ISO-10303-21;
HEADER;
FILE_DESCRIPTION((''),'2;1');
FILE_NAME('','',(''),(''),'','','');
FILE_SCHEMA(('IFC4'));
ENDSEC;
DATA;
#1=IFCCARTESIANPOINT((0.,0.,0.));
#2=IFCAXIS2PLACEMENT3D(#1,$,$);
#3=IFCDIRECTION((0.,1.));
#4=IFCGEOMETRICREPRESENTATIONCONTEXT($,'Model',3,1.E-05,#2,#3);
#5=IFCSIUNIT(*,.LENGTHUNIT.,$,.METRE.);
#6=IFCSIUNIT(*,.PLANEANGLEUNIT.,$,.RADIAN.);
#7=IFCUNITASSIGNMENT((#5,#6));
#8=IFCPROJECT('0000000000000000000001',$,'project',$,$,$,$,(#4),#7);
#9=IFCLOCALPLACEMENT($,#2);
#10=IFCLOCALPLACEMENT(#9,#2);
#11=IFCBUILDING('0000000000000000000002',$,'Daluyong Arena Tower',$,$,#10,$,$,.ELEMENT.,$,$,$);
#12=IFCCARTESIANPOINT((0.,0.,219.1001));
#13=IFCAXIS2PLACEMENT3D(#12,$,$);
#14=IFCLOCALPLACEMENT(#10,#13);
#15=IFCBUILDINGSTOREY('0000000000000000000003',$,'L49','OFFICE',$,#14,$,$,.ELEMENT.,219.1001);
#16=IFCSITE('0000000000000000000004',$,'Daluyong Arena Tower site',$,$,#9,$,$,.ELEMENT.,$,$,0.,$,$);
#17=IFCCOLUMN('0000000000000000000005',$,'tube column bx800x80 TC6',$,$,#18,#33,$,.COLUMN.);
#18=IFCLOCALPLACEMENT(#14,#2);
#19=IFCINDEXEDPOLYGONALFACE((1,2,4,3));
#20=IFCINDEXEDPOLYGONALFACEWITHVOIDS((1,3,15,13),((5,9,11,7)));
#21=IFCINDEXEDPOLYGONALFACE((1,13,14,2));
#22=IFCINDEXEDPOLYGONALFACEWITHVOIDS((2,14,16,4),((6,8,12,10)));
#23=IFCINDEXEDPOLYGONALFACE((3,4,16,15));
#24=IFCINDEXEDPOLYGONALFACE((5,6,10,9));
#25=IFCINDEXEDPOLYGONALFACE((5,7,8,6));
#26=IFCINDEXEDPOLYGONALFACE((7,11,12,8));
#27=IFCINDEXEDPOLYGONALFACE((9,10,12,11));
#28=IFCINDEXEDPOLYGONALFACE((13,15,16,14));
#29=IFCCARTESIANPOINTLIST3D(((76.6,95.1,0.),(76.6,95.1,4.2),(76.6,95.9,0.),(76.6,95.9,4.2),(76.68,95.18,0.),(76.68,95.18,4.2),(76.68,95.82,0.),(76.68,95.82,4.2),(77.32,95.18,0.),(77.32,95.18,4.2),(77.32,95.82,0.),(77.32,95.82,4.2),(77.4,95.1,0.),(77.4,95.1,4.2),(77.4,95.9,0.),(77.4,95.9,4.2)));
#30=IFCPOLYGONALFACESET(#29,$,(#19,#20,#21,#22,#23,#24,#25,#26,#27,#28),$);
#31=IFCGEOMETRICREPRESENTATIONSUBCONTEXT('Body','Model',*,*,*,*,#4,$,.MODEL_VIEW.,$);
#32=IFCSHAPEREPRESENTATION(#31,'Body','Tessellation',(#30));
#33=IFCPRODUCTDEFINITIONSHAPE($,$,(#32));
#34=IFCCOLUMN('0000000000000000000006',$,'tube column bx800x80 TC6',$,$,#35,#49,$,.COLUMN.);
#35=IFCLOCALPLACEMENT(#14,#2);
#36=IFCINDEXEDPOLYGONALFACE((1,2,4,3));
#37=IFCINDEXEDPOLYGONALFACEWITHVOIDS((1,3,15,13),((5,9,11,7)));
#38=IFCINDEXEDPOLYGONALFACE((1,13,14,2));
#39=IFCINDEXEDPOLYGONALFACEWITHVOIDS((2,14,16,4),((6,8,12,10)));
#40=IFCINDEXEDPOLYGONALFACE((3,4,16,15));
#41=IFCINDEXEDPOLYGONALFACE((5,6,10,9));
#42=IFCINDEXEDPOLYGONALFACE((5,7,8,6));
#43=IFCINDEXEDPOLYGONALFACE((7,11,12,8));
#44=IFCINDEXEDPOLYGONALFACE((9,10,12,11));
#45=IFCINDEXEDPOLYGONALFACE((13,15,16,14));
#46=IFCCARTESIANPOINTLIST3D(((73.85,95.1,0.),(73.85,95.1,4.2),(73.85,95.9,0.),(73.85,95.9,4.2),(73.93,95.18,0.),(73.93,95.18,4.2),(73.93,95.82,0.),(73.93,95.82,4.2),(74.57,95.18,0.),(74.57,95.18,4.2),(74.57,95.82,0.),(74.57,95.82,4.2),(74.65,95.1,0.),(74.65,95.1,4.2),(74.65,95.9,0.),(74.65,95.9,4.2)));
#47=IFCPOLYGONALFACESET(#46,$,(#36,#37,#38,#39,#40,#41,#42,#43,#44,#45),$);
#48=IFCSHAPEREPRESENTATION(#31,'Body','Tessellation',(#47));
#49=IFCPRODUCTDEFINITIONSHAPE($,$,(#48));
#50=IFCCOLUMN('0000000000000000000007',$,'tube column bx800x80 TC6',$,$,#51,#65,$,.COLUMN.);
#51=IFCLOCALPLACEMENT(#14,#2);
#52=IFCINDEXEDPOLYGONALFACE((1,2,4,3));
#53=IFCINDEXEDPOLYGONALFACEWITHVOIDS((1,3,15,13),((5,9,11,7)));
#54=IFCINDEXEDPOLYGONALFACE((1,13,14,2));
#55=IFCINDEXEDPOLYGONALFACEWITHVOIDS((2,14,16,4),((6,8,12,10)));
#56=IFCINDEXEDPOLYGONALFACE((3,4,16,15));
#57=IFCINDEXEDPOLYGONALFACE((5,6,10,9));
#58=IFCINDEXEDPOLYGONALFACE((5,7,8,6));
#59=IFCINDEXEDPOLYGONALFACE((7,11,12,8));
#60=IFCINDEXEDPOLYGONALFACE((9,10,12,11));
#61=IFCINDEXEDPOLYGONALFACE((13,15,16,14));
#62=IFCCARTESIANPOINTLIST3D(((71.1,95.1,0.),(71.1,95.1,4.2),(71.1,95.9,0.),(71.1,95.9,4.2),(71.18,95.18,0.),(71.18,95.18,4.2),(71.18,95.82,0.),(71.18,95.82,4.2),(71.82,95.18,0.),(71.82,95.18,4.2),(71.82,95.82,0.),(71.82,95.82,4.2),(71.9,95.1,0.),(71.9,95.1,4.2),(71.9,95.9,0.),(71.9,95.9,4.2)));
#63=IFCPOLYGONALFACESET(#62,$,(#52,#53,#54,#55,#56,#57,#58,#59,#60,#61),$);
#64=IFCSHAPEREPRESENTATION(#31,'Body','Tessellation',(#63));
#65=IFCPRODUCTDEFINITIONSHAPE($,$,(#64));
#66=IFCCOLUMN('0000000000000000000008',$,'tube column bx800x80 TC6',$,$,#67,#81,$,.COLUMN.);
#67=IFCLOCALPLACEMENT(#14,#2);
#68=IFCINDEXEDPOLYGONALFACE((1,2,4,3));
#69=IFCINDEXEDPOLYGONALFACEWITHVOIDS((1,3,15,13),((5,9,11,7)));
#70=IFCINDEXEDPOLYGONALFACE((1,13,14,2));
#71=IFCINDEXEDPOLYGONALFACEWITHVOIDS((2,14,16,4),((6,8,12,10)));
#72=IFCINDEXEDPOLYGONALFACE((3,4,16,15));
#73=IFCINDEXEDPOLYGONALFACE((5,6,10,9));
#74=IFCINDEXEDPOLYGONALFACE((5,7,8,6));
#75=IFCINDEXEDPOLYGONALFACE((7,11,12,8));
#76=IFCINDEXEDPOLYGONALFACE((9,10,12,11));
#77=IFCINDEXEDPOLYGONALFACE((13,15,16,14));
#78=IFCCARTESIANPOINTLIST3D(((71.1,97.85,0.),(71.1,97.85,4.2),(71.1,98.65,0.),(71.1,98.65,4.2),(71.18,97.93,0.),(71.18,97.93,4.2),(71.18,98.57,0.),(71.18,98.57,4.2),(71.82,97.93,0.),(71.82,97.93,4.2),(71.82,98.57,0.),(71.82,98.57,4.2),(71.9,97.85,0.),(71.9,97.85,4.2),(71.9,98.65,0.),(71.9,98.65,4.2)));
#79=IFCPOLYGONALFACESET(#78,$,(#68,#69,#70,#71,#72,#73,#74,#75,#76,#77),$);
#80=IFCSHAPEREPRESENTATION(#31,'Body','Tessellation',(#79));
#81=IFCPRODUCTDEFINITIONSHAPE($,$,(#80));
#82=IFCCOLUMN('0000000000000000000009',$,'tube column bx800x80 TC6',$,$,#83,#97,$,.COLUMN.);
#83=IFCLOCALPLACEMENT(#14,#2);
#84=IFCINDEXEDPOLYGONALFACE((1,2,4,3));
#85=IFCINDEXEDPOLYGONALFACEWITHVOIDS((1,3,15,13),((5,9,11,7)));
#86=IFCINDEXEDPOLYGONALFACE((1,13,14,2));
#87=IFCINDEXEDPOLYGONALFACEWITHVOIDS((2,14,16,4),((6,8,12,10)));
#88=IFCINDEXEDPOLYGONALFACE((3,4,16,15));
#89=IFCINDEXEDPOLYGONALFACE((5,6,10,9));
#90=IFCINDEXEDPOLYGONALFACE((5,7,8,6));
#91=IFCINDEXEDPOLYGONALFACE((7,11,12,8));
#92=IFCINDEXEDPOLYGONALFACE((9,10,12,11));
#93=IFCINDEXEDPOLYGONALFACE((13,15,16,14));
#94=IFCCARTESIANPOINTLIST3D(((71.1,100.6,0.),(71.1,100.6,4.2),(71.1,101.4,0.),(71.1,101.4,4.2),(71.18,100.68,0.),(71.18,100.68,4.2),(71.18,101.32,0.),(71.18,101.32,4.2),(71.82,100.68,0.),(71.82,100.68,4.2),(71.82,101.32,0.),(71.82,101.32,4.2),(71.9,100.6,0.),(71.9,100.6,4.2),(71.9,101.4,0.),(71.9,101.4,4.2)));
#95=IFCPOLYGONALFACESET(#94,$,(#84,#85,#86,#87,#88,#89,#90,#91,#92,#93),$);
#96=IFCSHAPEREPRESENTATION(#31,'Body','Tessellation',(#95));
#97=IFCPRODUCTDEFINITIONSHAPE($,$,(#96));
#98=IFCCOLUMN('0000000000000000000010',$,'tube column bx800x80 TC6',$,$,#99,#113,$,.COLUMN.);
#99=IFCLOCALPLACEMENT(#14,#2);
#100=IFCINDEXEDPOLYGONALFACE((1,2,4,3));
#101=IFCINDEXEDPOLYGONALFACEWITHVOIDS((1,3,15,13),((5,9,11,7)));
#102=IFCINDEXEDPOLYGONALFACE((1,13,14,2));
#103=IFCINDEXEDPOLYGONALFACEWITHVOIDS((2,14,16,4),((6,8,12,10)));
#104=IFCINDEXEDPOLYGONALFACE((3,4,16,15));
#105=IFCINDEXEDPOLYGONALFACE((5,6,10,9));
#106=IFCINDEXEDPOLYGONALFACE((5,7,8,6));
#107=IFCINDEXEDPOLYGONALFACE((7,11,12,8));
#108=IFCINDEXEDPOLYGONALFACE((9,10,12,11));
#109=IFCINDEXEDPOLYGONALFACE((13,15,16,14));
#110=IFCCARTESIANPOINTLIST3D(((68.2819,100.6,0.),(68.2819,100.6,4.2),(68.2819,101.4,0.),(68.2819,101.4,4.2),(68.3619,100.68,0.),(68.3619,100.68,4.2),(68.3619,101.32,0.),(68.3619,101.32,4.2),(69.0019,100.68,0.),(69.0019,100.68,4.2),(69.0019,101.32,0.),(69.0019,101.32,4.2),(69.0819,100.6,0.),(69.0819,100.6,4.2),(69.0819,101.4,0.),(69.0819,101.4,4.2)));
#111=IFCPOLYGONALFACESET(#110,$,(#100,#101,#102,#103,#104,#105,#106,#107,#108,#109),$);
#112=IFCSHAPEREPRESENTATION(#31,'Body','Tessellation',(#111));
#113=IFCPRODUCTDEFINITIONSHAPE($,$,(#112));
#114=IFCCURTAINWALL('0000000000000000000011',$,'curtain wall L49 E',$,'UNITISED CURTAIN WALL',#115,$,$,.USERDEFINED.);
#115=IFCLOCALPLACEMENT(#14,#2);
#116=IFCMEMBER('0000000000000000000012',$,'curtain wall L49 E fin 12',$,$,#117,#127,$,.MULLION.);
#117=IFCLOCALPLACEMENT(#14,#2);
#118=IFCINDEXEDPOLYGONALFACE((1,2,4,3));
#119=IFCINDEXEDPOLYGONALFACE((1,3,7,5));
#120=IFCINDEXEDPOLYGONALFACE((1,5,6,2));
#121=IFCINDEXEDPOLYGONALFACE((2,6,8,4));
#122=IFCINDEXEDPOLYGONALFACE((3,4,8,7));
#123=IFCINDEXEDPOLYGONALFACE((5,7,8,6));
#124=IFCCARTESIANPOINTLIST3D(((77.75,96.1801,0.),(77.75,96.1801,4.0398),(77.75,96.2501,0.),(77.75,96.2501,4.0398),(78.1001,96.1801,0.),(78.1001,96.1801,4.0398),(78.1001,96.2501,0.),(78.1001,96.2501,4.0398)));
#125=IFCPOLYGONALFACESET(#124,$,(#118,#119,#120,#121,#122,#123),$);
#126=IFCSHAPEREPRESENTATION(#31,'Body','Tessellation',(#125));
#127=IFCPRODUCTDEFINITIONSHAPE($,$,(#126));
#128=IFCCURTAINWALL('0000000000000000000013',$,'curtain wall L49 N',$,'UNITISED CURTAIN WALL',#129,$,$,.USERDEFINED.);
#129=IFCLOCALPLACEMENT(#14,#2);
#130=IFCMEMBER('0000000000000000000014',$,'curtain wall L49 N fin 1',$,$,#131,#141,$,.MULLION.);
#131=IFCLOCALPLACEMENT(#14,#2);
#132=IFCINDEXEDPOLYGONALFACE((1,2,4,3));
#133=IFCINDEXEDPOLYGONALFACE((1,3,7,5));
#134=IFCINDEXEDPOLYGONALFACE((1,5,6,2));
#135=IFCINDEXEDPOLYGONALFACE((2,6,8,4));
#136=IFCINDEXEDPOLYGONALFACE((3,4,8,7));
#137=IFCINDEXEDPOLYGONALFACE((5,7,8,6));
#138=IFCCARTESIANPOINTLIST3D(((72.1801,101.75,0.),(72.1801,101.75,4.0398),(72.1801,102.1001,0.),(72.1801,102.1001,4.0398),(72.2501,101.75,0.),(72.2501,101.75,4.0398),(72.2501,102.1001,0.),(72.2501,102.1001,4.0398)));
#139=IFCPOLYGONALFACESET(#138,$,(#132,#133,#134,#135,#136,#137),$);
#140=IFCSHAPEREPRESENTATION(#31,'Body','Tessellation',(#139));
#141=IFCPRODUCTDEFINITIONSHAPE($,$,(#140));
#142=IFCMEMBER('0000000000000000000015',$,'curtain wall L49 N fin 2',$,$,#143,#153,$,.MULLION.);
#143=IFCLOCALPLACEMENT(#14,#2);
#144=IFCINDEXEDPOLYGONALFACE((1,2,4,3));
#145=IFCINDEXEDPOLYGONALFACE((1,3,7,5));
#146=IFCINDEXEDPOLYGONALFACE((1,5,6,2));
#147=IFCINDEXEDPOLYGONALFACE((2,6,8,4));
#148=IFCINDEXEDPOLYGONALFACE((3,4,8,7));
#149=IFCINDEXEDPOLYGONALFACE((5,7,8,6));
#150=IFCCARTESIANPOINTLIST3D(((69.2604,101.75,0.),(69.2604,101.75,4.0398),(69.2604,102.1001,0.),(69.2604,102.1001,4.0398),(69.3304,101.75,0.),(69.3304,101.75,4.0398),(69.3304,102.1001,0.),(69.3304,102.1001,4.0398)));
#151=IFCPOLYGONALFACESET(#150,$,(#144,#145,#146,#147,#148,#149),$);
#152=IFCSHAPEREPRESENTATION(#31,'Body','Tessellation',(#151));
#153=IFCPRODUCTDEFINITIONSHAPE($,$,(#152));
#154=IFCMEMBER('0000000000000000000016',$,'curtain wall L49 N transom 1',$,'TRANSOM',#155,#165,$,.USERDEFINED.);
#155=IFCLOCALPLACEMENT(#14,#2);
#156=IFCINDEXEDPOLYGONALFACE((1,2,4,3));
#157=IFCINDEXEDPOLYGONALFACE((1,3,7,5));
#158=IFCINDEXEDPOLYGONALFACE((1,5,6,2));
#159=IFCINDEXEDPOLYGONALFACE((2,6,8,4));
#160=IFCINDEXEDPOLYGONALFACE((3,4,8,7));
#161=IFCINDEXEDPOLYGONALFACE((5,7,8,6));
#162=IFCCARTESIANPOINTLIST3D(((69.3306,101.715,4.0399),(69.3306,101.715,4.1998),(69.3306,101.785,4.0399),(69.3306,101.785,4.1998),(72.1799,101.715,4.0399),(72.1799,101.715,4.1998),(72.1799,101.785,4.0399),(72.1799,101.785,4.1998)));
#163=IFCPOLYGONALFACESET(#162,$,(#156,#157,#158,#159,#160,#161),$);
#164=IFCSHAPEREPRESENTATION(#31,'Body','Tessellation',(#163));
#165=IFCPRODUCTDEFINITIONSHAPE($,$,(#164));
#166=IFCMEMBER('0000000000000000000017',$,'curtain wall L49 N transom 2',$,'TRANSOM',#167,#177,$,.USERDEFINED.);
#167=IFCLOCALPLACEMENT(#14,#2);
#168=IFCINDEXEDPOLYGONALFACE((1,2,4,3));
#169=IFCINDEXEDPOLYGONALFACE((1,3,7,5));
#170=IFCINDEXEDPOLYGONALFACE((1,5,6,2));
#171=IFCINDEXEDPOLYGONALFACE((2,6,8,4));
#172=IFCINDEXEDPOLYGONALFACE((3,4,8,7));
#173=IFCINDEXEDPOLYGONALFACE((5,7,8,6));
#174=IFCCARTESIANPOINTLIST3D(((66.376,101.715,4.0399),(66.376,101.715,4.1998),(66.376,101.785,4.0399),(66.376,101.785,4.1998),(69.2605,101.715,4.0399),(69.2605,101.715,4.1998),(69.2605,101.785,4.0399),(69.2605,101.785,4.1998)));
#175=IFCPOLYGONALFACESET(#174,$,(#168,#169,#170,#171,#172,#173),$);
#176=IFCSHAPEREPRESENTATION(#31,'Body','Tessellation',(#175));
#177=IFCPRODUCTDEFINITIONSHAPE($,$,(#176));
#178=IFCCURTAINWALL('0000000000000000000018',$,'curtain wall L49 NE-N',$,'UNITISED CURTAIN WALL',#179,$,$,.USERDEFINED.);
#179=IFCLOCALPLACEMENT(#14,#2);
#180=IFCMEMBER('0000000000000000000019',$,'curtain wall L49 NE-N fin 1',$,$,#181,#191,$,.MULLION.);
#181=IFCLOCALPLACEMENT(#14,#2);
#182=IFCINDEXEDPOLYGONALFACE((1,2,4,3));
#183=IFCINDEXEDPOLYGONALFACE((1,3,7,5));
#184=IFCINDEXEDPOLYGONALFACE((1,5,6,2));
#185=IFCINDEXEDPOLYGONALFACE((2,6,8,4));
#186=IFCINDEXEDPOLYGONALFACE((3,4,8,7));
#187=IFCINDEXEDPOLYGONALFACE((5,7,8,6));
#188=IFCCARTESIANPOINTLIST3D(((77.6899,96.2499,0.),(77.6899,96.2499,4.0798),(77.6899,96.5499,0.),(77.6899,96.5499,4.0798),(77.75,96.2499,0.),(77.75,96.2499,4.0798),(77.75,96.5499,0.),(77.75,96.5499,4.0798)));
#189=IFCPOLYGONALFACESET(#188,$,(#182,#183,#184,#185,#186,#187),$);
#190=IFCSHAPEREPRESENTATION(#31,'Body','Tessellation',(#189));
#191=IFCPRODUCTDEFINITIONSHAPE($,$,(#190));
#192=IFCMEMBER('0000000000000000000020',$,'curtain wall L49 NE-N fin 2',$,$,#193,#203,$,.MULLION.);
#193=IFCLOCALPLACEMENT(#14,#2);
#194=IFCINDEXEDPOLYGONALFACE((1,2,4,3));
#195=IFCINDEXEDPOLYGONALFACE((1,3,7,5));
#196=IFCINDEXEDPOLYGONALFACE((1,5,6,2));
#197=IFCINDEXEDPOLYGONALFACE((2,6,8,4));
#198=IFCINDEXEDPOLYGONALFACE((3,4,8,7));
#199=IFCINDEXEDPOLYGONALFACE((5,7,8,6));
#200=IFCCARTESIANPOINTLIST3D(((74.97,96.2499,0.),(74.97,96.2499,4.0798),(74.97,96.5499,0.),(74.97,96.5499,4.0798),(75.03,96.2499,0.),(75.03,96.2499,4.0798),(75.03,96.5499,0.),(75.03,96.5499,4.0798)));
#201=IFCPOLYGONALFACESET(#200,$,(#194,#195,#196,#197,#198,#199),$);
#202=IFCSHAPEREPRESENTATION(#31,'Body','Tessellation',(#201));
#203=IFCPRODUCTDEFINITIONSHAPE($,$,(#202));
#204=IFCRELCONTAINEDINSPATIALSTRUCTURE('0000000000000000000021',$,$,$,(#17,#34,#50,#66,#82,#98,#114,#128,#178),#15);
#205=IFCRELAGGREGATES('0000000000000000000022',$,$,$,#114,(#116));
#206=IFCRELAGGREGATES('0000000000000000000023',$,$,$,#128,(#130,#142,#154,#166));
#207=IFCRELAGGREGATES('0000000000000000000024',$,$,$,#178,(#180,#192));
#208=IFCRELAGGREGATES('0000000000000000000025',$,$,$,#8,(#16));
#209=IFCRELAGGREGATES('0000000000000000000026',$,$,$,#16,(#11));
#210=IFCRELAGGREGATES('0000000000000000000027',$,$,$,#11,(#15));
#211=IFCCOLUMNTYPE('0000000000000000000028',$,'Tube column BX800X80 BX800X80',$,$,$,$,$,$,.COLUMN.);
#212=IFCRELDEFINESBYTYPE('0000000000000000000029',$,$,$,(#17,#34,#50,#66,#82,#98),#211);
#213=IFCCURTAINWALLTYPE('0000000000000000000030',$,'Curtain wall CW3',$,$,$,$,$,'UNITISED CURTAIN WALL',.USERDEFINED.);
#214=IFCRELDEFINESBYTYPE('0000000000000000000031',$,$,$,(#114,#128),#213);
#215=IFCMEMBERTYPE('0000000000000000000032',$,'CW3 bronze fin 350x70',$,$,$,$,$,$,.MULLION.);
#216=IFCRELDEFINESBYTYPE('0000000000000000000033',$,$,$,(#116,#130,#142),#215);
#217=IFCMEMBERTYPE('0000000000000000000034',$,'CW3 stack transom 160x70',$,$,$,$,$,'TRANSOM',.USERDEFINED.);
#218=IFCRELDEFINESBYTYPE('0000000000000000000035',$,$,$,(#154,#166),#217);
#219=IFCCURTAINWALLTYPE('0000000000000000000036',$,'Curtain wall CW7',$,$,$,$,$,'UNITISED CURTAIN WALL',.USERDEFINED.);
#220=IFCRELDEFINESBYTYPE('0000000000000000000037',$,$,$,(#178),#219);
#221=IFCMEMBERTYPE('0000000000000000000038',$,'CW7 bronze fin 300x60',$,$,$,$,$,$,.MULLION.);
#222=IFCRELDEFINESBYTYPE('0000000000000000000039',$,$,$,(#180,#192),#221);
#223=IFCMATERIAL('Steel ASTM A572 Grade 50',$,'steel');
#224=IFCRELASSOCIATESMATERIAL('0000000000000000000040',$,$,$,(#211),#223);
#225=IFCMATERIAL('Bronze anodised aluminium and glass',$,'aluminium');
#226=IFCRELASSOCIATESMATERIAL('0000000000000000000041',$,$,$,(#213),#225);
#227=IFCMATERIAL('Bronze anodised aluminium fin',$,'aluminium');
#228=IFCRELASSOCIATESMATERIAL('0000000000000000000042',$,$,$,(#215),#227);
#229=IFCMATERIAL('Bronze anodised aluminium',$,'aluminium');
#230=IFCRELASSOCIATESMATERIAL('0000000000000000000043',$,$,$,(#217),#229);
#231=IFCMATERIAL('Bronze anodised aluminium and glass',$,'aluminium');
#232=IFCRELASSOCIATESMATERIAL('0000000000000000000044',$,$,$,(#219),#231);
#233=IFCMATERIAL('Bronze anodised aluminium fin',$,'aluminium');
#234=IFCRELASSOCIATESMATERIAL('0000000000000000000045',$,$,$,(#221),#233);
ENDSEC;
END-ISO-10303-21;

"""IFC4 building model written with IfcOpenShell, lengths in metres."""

from ifc_helpers import new_model, si_unit, direction, frame, origin, origin_2d, place, context, subcontext, project, spatial, rectangle, hollow_rectangle, extrude, material, material_profile, profile_set, type_object, element, aggregate, save


model = new_model("IFC4")

# Units and contexts
model_context = context("Model", 3, precision=1e-05, world=origin(), true_north=direction((0.0, 1.0)))
body_context = subcontext(model_context, "Body", "Model", "MODEL_VIEW")
ifc_project = project(units=[si_unit("LENGTHUNIT", "METRE"), si_unit("PLANEANGLEUNIT", "RADIAN")], contexts=[model_context])

# Site, building, storey
site_placement = place(None, origin())
site = spatial("IfcSite", under=ifc_project, at=site_placement, Name="Daluyong Arena Tower site", CompositionType="ELEMENT", RefElevation=0.0)
building_placement = place(site_placement, origin())
building = spatial("IfcBuilding", under=site, at=building_placement, Name="Daluyong Arena Tower", CompositionType="ELEMENT")
storey_placement = place(building_placement, frame((0.0, 0.0, 219.1001)))
storey = spatial("IfcBuildingStorey", under=building, at=storey_placement, Name="L49", Description="OFFICE", CompositionType="ELEMENT", Elevation=219.1001)

# Columns
ifc_material_1 = material(Name="Steel ASTM A572 Grade 50", Category="steel")
ifc_material_profile_1 = material_profile(ifc_material_1, hollow_rectangle(XDim=0.8, YDim=0.8, WallThickness=0.08, at=origin_2d()))
ifc_profile_set_1 = profile_set([ifc_material_profile_1], Name="Steel ASTM A572 Grade 50")
column_type = type_object("IfcColumnType", Name="Tube column BX800X80 BX800X80", PredefinedType="COLUMN", material=ifc_profile_set_1)
for number, where, z_axis, x_axis, name in (
    (1, (77.0, 95.5, 0.0), (0.0, 0.0, 1.0), (1.0, 0.0, 0.0), "tube column bx800x80 TC6"),
    (2, (74.25, 95.5, 0.0), (0.0, 0.0, 1.0), (1.0, 0.0, 0.0), "tube column bx800x80 TC6"),
    (3, (71.5, 95.5, 0.0), (0.0, 0.0, 1.0), (0.0, 1.0, 0.0), "tube column bx800x80 TC6"),
    (4, (71.5, 98.25, 0.0), (0.0, 0.0, 1.0), (0.0, 1.0, 0.0), "tube column bx800x80 TC6"),
    (5, (71.5, 101.0, 0.0), (0.0, 0.0, 1.0), (1.0, 0.0, 0.0), "tube column bx800x80 TC6"),
    (6, (68.6819, 101.0, 0.0), (0.0, 0.0, 1.0), (1.0, 0.0, 0.0), "tube column bx800x80 TC6"),
):
    element("IfcColumn", number, at=place(storey_placement, frame(where, z_axis=z_axis, x_axis=x_axis)), inside=storey, type_object=column_type, Name=name, PredefinedType="COLUMN", context=body_context, shape_type="SweptSolid", body=[
        extrude(hollow_rectangle(XDim=0.8, YDim=0.8, WallThickness=0.08, at=origin_2d()), origin(), (0.0, 0.0, 1.0), 4.2),
    ])

# Curtain wall, member
ifc_material_2 = material(Name="Bronze anodised aluminium and glass", Category="aluminium")
curtain_wall_type_1 = type_object("IfcCurtainWallType", Name="Curtain wall CW3", ElementType="UNITISED CURTAIN WALL", PredefinedType="USERDEFINED", material=ifc_material_2)
curtain_wall_1_placement = place(storey_placement, origin())
curtain_wall_1 = element("IfcCurtainWall", 7, at=curtain_wall_1_placement, inside=storey, type_object=curtain_wall_type_1, Name="curtain wall L49 E", ObjectType="UNITISED CURTAIN WALL", PredefinedType="USERDEFINED")
ifc_material_3 = material(Name="Bronze anodised aluminium fin", Category="aluminium")
ifc_material_profile_2 = material_profile(ifc_material_3, rectangle(XDim=0.3501, YDim=0.0701, at=origin_2d()))
ifc_profile_set_2 = profile_set([ifc_material_profile_2], Name="Bronze anodised aluminium fin")
member_type_1 = type_object("IfcMemberType", Name="CW3 bronze fin 350x70", PredefinedType="MULLION", material=ifc_profile_set_2)
member_1_placement = place(storey_placement, frame((77.925, 96.2151, 0.0), z_axis=(0.0, 0.0, 1.0), x_axis=(-1.0, 0.0, 0.0)))
member_1 = element("IfcMember", 8, at=member_1_placement, type_object=member_type_1, Name="curtain wall L49 E fin 12", PredefinedType="MULLION", context=body_context, shape_type="SweptSolid", body=[
    extrude(rectangle(XDim=0.3501, YDim=0.0701, at=origin_2d()), origin(), (0.0, 0.0, 1.0), 4.0398),
])
aggregate(curtain_wall_1, [member_1])

# Curtain walls, members
curtain_wall_2_placement = place(storey_placement, origin())
curtain_wall_2 = element("IfcCurtainWall", 9, at=curtain_wall_2_placement, inside=storey, type_object=curtain_wall_type_1, Name="curtain wall L49 N", ObjectType="UNITISED CURTAIN WALL", PredefinedType="USERDEFINED")
member_2_placement = place(storey_placement, frame((72.2151, 101.925, 0.0), z_axis=(0.0, 0.0, 1.0), x_axis=(0.0, -1.0, 0.0)))
member_2 = element("IfcMember", 10, at=member_2_placement, type_object=member_type_1, Name="curtain wall L49 N fin 1", PredefinedType="MULLION", context=body_context, shape_type="SweptSolid", body=[
    extrude(rectangle(XDim=0.3501, YDim=0.0701, at=origin_2d()), origin(), (0.0, 0.0, 1.0), 4.0398),
])
member_3_placement = place(storey_placement, frame((69.2954, 101.925, 0.0), z_axis=(0.0, 0.0, 1.0), x_axis=(0.0, -1.0, 0.0)))
member_3 = element("IfcMember", 11, at=member_3_placement, type_object=member_type_1, Name="curtain wall L49 N fin 2", PredefinedType="MULLION", context=body_context, shape_type="SweptSolid", body=[
    extrude(rectangle(XDim=0.3501, YDim=0.0701, at=origin_2d()), origin(), (0.0, 0.0, 1.0), 4.0398),
])
ifc_material_4 = material(Name="Bronze anodised aluminium", Category="aluminium")
ifc_material_profile_3 = material_profile(ifc_material_4, rectangle(XDim=0.0701, YDim=0.1599, at=origin_2d()))
ifc_profile_set_3 = profile_set([ifc_material_profile_3], Name="Bronze anodised aluminium")
member_type_2 = type_object("IfcMemberType", Name="CW3 stack transom 160x70", ElementType="TRANSOM", PredefinedType="USERDEFINED", material=ifc_profile_set_3)
member_4_placement = place(storey_placement, frame((72.1799, 101.75, 4.1199), z_axis=(-1.0, 0.0, 0.0), x_axis=(0.0, -1.0, 0.0)))
member_4 = element("IfcMember", 12, at=member_4_placement, type_object=member_type_2, Name="curtain wall L49 N transom 1", ObjectType="TRANSOM", PredefinedType="USERDEFINED", context=body_context, shape_type="SweptSolid", body=[
    extrude(rectangle(XDim=0.0701, YDim=0.1599, at=origin_2d()), origin(), (0.0, 0.0, 1.0), 2.8494),
])
member_5_placement = place(storey_placement, frame((69.2605, 101.75, 4.1199), z_axis=(-1.0, 0.0, 0.0), x_axis=(0.0, -1.0, 0.0)))
member_5 = element("IfcMember", 13, at=member_5_placement, type_object=member_type_2, Name="curtain wall L49 N transom 2", ObjectType="TRANSOM", PredefinedType="USERDEFINED", context=body_context, shape_type="SweptSolid", body=[
    extrude(rectangle(XDim=0.0701, YDim=0.1599, at=origin_2d()), origin(), (0.0, 0.0, 1.0), 2.8845),
])
ifc_material_5 = material(Name="Bronze anodised aluminium and glass", Category="aluminium")
curtain_wall_type_2 = type_object("IfcCurtainWallType", Name="Curtain wall CW7", ElementType="UNITISED CURTAIN WALL", PredefinedType="USERDEFINED", material=ifc_material_5)
curtain_wall_3_placement = place(storey_placement, origin())
curtain_wall_3 = element("IfcCurtainWall", 14, at=curtain_wall_3_placement, inside=storey, type_object=curtain_wall_type_2, Name="curtain wall L49 NE-N", ObjectType="UNITISED CURTAIN WALL", PredefinedType="USERDEFINED")
ifc_material_6 = material(Name="Bronze anodised aluminium fin", Category="aluminium")
ifc_material_profile_4 = material_profile(ifc_material_6, rectangle(XDim=0.3, YDim=0.0601, at=origin_2d()))
ifc_profile_set_4 = profile_set([ifc_material_profile_4], Name="Bronze anodised aluminium fin")
member_type_3 = type_object("IfcMemberType", Name="CW7 bronze fin 300x60", PredefinedType="MULLION", material=ifc_profile_set_4)
member_6_placement = place(storey_placement, frame((77.72, 96.3999, 0.0), z_axis=(0.0, 0.0, 1.0), x_axis=(0.0, -1.0, 0.0)))
member_6 = element("IfcMember", 15, at=member_6_placement, type_object=member_type_3, Name="curtain wall L49 NE-N fin 1", PredefinedType="MULLION", context=body_context, shape_type="SweptSolid", body=[
    extrude(rectangle(XDim=0.3, YDim=0.0601, at=origin_2d()), origin(), (0.0, 0.0, 1.0), 4.0798),
])
member_7_placement = place(storey_placement, frame((75.0, 96.3999, 0.0), z_axis=(0.0, 0.0, 1.0), x_axis=(0.0, -1.0, 0.0)))
member_7 = element("IfcMember", 16, at=member_7_placement, type_object=member_type_3, Name="curtain wall L49 NE-N fin 2", PredefinedType="MULLION", context=body_context, shape_type="SweptSolid", body=[
    extrude(rectangle(XDim=0.3, YDim=0.0601, at=origin_2d()), origin(), (0.0, 0.0, 1.0), 4.0798),
])

aggregate(curtain_wall_2, [member_2, member_3, member_4, member_5])
aggregate(curtain_wall_3, [member_6, member_7])

save(model, "model.ifc")
